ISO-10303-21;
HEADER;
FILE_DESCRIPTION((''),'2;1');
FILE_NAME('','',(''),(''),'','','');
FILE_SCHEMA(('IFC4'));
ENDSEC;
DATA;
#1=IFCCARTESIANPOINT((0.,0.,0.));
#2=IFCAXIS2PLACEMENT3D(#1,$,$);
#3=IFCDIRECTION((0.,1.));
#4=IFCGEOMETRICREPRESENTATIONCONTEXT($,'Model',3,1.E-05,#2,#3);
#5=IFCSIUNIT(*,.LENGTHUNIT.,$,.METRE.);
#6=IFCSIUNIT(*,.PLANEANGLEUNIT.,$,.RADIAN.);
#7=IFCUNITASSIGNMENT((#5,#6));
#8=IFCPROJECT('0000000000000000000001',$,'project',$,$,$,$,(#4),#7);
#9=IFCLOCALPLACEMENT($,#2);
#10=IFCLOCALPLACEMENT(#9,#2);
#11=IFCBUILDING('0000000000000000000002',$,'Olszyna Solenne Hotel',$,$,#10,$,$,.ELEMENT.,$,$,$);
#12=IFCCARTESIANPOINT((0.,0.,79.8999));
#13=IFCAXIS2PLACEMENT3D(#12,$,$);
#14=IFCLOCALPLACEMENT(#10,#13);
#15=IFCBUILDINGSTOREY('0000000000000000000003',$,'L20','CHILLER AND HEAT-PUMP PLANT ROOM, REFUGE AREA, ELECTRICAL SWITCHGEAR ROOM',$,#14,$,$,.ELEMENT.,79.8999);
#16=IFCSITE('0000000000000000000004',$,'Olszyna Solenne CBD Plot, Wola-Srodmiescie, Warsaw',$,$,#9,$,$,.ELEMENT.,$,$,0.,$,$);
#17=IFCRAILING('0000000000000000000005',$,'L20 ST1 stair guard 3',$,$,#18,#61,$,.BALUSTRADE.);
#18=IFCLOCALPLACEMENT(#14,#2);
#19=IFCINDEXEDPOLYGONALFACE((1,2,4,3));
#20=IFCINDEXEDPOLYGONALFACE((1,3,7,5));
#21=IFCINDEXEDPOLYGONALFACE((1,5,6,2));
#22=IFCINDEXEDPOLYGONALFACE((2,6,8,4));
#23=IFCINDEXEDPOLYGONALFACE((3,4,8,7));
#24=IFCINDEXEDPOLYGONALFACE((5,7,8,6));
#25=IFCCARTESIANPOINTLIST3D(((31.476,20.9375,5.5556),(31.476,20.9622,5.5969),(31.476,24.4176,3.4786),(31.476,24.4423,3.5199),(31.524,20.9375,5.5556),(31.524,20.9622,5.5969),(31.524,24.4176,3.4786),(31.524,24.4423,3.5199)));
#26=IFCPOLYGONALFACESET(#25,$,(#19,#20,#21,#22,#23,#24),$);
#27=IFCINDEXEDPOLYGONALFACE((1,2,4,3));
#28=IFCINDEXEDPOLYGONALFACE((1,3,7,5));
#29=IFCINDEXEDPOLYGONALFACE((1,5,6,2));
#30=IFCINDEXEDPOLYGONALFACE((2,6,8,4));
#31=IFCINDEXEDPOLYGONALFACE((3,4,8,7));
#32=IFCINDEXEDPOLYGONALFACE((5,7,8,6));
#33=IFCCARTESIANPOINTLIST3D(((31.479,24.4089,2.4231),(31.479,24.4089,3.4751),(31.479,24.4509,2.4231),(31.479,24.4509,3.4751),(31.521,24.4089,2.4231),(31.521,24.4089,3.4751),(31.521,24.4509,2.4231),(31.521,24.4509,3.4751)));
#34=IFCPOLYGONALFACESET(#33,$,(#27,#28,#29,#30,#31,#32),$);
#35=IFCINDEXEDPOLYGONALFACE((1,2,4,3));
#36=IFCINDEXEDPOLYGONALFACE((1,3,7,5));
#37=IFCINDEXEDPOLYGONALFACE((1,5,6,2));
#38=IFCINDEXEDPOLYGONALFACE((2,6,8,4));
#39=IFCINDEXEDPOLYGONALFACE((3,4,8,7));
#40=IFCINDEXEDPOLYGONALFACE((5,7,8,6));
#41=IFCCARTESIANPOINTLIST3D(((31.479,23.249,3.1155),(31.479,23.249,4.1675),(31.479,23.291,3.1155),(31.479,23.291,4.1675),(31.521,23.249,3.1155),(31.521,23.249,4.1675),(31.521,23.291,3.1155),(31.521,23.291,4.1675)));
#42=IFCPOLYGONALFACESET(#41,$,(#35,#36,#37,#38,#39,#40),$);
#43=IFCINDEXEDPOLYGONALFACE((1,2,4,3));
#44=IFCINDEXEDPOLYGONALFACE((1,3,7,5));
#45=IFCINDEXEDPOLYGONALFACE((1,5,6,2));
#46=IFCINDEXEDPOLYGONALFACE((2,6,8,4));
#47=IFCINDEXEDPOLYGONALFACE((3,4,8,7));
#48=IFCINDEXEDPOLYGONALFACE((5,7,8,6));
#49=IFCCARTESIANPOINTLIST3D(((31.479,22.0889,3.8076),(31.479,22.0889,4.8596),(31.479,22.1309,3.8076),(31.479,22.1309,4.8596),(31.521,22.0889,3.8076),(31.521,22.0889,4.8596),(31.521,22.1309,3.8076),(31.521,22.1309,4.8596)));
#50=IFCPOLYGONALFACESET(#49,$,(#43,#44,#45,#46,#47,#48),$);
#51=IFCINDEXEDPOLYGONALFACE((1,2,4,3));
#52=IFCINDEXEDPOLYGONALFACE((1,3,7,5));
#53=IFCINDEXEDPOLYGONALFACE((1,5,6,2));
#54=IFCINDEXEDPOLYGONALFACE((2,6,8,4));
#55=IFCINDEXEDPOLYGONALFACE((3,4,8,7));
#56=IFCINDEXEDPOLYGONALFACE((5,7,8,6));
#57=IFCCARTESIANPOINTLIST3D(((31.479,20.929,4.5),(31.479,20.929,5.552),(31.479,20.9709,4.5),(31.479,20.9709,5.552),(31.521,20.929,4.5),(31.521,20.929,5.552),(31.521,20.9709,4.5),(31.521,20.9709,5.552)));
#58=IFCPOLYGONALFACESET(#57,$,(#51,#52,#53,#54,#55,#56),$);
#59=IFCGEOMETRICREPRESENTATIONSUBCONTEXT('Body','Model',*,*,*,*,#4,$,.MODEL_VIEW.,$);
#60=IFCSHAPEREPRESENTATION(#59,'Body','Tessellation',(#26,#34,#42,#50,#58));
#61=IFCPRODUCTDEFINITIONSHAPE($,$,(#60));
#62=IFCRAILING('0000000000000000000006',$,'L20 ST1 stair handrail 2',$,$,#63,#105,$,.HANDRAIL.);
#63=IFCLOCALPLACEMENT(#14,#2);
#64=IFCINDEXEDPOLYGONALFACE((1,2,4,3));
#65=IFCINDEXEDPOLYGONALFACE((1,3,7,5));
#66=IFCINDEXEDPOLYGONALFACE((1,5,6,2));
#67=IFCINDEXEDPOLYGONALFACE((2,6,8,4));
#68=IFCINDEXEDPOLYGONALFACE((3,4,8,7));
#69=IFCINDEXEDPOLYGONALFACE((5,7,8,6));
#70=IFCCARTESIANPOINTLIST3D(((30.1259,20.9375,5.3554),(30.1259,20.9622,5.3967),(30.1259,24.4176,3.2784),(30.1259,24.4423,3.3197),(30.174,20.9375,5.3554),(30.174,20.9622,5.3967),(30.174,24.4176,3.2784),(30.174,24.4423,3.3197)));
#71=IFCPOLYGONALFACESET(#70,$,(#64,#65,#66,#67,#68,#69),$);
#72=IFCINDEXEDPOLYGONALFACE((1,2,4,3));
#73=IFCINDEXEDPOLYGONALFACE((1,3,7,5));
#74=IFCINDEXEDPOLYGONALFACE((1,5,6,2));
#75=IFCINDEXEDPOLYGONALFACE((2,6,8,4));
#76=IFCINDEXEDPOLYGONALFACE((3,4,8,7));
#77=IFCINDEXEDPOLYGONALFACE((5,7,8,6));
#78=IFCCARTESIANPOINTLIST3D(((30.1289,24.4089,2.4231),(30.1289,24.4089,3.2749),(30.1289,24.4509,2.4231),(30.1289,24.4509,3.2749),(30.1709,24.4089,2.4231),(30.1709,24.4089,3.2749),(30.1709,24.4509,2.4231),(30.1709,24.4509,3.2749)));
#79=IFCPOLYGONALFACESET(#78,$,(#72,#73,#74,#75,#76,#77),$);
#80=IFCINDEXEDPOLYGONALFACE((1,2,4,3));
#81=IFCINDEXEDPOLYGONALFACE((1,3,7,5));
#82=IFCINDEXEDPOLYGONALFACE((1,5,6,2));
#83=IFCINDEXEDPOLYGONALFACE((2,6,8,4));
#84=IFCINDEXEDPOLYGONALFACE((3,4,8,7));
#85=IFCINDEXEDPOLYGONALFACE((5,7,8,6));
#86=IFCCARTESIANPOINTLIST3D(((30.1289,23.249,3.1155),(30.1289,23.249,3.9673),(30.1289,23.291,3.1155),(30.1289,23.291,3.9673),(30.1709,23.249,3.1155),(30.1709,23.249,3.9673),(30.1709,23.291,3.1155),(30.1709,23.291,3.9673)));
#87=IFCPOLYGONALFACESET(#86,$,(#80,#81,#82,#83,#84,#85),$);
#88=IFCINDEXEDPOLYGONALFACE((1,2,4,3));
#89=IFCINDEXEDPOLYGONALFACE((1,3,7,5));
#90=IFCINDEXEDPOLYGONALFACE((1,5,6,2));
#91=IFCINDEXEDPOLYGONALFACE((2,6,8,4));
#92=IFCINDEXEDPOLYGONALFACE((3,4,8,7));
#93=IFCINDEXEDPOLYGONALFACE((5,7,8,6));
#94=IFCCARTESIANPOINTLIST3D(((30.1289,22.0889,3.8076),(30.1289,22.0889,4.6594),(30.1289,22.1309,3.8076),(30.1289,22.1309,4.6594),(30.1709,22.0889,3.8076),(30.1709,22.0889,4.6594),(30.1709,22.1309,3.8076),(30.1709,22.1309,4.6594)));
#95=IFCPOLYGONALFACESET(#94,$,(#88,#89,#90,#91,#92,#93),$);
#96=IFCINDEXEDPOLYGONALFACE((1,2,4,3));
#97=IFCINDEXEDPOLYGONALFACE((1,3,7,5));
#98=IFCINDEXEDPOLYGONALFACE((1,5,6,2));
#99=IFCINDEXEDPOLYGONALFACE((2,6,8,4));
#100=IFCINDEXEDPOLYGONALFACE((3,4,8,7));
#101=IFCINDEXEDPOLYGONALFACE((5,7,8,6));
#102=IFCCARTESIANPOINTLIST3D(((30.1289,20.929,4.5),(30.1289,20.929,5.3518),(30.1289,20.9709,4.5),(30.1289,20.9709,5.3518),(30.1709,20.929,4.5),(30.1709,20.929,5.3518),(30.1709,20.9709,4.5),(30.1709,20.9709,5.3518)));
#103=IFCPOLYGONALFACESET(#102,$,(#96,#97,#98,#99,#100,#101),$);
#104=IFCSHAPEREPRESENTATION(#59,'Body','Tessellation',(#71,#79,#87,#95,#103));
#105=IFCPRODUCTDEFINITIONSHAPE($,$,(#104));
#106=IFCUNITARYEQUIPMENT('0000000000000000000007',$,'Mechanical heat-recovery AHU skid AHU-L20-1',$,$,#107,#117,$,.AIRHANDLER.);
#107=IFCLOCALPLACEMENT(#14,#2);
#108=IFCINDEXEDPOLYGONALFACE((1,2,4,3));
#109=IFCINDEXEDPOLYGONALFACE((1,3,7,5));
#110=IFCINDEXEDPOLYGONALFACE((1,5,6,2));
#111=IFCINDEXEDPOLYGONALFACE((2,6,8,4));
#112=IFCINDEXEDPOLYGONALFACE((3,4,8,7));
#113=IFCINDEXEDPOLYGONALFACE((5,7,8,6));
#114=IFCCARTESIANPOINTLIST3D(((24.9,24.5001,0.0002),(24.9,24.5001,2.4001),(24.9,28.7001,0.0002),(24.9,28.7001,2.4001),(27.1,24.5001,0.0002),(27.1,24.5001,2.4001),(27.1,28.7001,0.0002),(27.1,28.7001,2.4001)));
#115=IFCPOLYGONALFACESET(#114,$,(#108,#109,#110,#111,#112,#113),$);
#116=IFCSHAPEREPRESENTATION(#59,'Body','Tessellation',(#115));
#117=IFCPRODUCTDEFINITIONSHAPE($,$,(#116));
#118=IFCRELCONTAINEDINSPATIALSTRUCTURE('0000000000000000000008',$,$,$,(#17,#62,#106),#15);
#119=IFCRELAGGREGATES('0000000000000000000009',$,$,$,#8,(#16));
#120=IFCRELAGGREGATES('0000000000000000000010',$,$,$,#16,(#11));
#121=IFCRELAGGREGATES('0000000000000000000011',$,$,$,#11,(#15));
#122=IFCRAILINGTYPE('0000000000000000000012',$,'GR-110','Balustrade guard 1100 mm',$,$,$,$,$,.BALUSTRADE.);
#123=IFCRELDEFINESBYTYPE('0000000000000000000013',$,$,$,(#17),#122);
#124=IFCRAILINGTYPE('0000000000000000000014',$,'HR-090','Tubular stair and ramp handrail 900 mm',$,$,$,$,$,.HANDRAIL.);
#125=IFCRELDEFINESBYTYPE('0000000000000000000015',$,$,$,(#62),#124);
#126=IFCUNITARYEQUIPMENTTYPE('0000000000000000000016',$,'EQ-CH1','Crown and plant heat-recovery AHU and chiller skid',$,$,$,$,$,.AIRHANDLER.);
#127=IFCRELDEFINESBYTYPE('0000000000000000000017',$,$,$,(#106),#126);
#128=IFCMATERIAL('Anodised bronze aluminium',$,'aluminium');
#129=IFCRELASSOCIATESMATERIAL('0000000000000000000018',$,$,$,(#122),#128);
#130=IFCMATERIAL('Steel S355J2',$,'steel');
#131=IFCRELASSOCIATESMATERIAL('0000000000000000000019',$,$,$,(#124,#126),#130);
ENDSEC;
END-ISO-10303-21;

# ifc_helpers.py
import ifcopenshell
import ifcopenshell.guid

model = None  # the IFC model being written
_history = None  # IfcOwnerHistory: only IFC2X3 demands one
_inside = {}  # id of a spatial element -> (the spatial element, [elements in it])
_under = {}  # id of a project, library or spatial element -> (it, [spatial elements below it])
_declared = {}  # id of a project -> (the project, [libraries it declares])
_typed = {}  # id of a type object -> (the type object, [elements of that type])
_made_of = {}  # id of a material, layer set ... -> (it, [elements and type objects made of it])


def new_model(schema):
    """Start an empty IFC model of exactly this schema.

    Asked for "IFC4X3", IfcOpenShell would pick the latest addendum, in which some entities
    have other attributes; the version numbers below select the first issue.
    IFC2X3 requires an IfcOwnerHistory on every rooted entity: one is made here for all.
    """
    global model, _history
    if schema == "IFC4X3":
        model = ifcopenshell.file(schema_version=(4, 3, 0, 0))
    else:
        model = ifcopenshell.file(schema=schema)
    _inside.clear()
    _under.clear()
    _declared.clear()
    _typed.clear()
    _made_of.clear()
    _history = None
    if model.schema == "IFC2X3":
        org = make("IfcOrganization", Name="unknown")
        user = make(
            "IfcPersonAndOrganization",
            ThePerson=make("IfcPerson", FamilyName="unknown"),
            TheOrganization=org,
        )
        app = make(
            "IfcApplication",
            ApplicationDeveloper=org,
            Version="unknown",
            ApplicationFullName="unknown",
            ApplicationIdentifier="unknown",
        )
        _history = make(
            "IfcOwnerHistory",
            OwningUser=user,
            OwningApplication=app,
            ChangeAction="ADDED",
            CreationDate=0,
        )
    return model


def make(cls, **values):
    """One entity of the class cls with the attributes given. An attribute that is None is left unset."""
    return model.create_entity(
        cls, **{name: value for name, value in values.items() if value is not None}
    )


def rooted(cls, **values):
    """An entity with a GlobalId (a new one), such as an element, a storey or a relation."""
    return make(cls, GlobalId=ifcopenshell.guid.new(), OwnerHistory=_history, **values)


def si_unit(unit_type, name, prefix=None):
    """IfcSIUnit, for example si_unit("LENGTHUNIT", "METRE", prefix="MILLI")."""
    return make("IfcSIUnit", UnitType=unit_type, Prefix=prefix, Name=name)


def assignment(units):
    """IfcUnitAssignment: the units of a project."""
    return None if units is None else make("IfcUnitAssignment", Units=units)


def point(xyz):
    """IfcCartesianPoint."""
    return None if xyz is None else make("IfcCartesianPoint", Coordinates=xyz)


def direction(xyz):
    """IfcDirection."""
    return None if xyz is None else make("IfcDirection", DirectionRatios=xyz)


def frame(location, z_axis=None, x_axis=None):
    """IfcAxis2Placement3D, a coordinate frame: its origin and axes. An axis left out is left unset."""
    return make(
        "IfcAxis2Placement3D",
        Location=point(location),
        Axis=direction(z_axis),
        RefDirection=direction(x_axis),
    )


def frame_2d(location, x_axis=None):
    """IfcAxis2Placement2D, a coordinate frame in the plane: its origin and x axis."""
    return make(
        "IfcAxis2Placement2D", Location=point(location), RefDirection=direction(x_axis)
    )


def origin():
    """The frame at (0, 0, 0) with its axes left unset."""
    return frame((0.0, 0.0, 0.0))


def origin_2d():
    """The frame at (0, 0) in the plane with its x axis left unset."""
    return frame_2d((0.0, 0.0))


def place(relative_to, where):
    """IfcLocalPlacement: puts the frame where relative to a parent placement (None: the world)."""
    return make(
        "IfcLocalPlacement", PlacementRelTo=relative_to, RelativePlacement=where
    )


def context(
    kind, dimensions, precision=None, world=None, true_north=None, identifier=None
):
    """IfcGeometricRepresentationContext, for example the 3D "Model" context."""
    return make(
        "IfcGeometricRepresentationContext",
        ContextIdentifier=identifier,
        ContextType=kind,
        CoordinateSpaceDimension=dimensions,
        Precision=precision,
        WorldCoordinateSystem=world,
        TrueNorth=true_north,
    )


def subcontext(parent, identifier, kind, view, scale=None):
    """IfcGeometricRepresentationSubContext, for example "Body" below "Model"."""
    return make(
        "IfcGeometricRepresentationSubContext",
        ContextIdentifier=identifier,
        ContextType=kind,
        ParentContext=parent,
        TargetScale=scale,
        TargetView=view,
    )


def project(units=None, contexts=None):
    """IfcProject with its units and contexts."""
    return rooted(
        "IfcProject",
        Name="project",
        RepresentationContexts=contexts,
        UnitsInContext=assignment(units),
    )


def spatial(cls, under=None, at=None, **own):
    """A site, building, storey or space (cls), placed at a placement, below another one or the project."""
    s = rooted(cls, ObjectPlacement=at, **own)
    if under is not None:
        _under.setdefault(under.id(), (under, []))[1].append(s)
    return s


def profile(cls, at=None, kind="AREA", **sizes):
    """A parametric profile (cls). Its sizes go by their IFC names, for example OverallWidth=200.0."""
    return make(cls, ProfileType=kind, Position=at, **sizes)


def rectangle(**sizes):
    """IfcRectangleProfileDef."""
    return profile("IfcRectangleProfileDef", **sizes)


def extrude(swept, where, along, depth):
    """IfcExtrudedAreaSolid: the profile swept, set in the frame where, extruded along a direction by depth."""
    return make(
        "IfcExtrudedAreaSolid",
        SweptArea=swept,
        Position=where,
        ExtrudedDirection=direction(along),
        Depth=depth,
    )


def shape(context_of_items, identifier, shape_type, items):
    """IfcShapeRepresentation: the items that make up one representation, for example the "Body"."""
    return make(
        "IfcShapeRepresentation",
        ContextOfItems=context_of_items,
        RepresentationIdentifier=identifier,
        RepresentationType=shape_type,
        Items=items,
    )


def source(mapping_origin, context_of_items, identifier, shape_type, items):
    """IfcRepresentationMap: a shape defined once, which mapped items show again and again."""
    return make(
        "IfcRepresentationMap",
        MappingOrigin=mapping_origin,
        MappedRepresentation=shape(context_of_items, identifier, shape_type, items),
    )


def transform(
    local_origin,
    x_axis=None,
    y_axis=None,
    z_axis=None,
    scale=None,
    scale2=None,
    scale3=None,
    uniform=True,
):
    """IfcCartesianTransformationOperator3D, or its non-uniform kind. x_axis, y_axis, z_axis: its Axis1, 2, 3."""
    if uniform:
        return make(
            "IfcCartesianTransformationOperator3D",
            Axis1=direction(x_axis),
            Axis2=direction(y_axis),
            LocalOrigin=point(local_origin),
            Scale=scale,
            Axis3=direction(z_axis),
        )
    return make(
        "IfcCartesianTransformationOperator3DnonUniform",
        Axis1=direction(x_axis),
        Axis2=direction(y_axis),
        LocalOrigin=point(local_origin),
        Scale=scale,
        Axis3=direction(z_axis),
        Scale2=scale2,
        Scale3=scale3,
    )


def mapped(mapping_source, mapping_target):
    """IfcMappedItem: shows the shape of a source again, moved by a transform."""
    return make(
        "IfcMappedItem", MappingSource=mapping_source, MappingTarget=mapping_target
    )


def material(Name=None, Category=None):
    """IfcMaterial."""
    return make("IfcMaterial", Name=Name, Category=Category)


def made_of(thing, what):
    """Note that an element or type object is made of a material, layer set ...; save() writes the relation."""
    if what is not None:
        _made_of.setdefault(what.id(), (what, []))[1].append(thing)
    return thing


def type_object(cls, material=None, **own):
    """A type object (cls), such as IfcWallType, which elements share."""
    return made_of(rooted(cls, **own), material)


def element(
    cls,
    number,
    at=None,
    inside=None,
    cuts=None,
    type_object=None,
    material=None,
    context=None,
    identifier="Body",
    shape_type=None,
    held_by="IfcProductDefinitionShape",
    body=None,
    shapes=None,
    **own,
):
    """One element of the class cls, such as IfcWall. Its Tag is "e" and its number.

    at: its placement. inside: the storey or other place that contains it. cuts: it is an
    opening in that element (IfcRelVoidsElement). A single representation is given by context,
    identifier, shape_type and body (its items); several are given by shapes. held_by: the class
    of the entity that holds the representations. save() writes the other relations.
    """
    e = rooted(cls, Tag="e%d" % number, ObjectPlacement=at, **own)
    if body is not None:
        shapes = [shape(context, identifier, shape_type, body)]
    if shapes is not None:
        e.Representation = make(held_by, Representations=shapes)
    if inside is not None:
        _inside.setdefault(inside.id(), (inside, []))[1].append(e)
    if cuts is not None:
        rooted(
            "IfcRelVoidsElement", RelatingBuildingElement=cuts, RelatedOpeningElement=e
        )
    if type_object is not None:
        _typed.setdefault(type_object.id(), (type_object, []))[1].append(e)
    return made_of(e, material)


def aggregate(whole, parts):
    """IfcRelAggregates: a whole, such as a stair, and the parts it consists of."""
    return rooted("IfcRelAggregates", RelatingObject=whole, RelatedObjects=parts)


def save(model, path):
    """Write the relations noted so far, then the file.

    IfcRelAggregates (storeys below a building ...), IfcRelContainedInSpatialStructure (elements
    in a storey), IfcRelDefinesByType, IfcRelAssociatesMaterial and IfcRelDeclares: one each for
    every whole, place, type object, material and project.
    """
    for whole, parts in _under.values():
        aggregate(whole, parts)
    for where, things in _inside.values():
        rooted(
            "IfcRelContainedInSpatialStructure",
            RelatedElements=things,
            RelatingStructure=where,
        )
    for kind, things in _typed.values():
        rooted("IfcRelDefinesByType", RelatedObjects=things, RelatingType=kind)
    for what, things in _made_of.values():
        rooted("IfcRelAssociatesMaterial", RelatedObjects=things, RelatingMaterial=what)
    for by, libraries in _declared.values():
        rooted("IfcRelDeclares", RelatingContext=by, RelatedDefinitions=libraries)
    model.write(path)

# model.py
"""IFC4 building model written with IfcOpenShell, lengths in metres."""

from ifc_helpers import new_model, si_unit, direction, frame, origin, origin_2d, place, context, subcontext, project, spatial, rectangle, extrude, source, transform, mapped, material, type_object, element, save


model = new_model("IFC4")

# Units and contexts
model_context = context("Model", 3, precision=1e-05, world=origin(), true_north=direction((0.0, 1.0)))
body_context = subcontext(model_context, "Body", "Model", "MODEL_VIEW")
ifc_project = project(units=[si_unit("LENGTHUNIT", "METRE"), si_unit("PLANEANGLEUNIT", "RADIAN")], contexts=[model_context])

# Site, building, storey
site_placement = place(None, origin())
site = spatial("IfcSite", under=ifc_project, at=site_placement, Name="Olszyna Solenne CBD Plot, Wola-Srodmiescie, Warsaw", CompositionType="ELEMENT", RefElevation=0.0)
building_placement = place(site_placement, origin())
building = spatial("IfcBuilding", under=site, at=building_placement, Name="Olszyna Solenne Hotel", CompositionType="ELEMENT")
storey_placement = place(building_placement, frame((0.0, 0.0, 79.8999)))
storey = spatial("IfcBuildingStorey", under=building, at=storey_placement, Name="L20", Description="CHILLER AND HEAT-PUMP PLANT ROOM, REFUGE AREA, ELECTRICAL SWITCHGEAR ROOM", CompositionType="ELEMENT", Elevation=79.8999)

# Shared definitions
ifc_material_1 = material(Name="Steel S355J2", Category="steel")

# Railings
ifc_material_2 = material(Name="Anodised bronze aluminium", Category="aluminium")
railing_type_1 = type_object("IfcRailingType", Name="GR-110", Description="Balustrade guard 1100 mm", PredefinedType="BALUSTRADE", material=ifc_material_2)
railing_1_placement = place(storey_placement, frame((31.5, 24.4299, 2.4231)))
element("IfcRailing", 1, at=railing_1_placement, inside=storey, type_object=railing_type_1, Name="L20 ST1 stair guard 3", PredefinedType="BALUSTRADE", context=body_context, shape_type="SweptSolid", body=[
    extrude(rectangle(XDim=0.0481, YDim=0.0481, at=origin_2d()), frame((0.0, 0.0, 1.0762), z_axis=(0.0, -0.858697, 0.512483), x_axis=(1.0, 0.0, 0.0)), (0.0, 0.0, 1.0), 4.0527),
    extrude(rectangle(XDim=0.042, YDim=0.042, at=origin_2d()), origin(), (0.0, 0.0, 1.0), 1.052),
    extrude(rectangle(XDim=0.042, YDim=0.042, at=origin_2d()), frame((0.0, -1.1599, 0.6924)), (0.0, 0.0, 1.0), 1.052),
    extrude(rectangle(XDim=0.042, YDim=0.042, at=origin_2d()), frame((0.0, -2.3201, 1.3845)), (0.0, 0.0, 1.0), 1.052),
    extrude(rectangle(XDim=0.042, YDim=0.042, at=origin_2d()), frame((0.0, -3.48, 2.0769)), (0.0, 0.0, 1.0), 1.052),
])
railing_type_2 = type_object("IfcRailingType", Name="HR-090", Description="Tubular stair and ramp handrail 900 mm", PredefinedType="HANDRAIL", material=ifc_material_1)
railing_2_placement = place(storey_placement, frame((30.1499, 24.4299, 2.4231)))
element("IfcRailing", 2, at=railing_2_placement, inside=storey, type_object=railing_type_2, Name="L20 ST1 stair handrail 2", PredefinedType="HANDRAIL", context=body_context, shape_type="SweptSolid", body=[
    extrude(rectangle(XDim=0.0481, YDim=0.0481, at=origin_2d()), frame((0.0, 0.0, 0.876), z_axis=(0.0, -0.858697, 0.512483), x_axis=(1.0, 0.0, 0.0)), (0.0, 0.0, 1.0), 4.0527),
    extrude(rectangle(XDim=0.042, YDim=0.042, at=origin_2d()), origin(), (0.0, 0.0, 1.0), 0.8518),
    extrude(rectangle(XDim=0.042, YDim=0.042, at=origin_2d()), frame((0.0, -1.1599, 0.6924)), (0.0, 0.0, 1.0), 0.8518),
    extrude(rectangle(XDim=0.042, YDim=0.042, at=origin_2d()), frame((0.0, -2.3201, 1.3845)), (0.0, 0.0, 1.0), 0.8518),
    extrude(rectangle(XDim=0.042, YDim=0.042, at=origin_2d()), frame((0.0, -3.48, 2.0769)), (0.0, 0.0, 1.0), 0.8518),
])

# Unitary equipment
unitary_equipment_type = type_object("IfcUnitaryEquipmentType", Name="EQ-CH1", Description="Crown and plant heat-recovery AHU and chiller skid", PredefinedType="AIRHANDLER", material=ifc_material_1)
shared_shape_1 = source(origin(), body_context, "Body", "SweptSolid", [
    extrude(rectangle(XDim=4.2, YDim=2.2, at=origin_2d()), origin(), (0.0, 0.0, 1.0), 2.3999),
])
unitary_equipment_placement = place(storey_placement, frame((26.0, 26.6001, 0.0002), z_axis=(0.0, 0.0, 1.0), x_axis=(0.0, 1.0, 0.0)))
element("IfcUnitaryEquipment", 3, at=unitary_equipment_placement, inside=storey, type_object=unitary_equipment_type, Name="Mechanical heat-recovery AHU skid AHU-L20-1", PredefinedType="AIRHANDLER", context=body_context, shape_type="MappedRepresentation", body=[
    mapped(shared_shape_1, transform((0.0, 0.0, 0.0), x_axis=(1.0, 0.0, 0.0), y_axis=(0.0, 1.0, 0.0), z_axis=(0.0, 0.0, 1.0), scale=1.0)),
])

save(model, "model.ifc")
